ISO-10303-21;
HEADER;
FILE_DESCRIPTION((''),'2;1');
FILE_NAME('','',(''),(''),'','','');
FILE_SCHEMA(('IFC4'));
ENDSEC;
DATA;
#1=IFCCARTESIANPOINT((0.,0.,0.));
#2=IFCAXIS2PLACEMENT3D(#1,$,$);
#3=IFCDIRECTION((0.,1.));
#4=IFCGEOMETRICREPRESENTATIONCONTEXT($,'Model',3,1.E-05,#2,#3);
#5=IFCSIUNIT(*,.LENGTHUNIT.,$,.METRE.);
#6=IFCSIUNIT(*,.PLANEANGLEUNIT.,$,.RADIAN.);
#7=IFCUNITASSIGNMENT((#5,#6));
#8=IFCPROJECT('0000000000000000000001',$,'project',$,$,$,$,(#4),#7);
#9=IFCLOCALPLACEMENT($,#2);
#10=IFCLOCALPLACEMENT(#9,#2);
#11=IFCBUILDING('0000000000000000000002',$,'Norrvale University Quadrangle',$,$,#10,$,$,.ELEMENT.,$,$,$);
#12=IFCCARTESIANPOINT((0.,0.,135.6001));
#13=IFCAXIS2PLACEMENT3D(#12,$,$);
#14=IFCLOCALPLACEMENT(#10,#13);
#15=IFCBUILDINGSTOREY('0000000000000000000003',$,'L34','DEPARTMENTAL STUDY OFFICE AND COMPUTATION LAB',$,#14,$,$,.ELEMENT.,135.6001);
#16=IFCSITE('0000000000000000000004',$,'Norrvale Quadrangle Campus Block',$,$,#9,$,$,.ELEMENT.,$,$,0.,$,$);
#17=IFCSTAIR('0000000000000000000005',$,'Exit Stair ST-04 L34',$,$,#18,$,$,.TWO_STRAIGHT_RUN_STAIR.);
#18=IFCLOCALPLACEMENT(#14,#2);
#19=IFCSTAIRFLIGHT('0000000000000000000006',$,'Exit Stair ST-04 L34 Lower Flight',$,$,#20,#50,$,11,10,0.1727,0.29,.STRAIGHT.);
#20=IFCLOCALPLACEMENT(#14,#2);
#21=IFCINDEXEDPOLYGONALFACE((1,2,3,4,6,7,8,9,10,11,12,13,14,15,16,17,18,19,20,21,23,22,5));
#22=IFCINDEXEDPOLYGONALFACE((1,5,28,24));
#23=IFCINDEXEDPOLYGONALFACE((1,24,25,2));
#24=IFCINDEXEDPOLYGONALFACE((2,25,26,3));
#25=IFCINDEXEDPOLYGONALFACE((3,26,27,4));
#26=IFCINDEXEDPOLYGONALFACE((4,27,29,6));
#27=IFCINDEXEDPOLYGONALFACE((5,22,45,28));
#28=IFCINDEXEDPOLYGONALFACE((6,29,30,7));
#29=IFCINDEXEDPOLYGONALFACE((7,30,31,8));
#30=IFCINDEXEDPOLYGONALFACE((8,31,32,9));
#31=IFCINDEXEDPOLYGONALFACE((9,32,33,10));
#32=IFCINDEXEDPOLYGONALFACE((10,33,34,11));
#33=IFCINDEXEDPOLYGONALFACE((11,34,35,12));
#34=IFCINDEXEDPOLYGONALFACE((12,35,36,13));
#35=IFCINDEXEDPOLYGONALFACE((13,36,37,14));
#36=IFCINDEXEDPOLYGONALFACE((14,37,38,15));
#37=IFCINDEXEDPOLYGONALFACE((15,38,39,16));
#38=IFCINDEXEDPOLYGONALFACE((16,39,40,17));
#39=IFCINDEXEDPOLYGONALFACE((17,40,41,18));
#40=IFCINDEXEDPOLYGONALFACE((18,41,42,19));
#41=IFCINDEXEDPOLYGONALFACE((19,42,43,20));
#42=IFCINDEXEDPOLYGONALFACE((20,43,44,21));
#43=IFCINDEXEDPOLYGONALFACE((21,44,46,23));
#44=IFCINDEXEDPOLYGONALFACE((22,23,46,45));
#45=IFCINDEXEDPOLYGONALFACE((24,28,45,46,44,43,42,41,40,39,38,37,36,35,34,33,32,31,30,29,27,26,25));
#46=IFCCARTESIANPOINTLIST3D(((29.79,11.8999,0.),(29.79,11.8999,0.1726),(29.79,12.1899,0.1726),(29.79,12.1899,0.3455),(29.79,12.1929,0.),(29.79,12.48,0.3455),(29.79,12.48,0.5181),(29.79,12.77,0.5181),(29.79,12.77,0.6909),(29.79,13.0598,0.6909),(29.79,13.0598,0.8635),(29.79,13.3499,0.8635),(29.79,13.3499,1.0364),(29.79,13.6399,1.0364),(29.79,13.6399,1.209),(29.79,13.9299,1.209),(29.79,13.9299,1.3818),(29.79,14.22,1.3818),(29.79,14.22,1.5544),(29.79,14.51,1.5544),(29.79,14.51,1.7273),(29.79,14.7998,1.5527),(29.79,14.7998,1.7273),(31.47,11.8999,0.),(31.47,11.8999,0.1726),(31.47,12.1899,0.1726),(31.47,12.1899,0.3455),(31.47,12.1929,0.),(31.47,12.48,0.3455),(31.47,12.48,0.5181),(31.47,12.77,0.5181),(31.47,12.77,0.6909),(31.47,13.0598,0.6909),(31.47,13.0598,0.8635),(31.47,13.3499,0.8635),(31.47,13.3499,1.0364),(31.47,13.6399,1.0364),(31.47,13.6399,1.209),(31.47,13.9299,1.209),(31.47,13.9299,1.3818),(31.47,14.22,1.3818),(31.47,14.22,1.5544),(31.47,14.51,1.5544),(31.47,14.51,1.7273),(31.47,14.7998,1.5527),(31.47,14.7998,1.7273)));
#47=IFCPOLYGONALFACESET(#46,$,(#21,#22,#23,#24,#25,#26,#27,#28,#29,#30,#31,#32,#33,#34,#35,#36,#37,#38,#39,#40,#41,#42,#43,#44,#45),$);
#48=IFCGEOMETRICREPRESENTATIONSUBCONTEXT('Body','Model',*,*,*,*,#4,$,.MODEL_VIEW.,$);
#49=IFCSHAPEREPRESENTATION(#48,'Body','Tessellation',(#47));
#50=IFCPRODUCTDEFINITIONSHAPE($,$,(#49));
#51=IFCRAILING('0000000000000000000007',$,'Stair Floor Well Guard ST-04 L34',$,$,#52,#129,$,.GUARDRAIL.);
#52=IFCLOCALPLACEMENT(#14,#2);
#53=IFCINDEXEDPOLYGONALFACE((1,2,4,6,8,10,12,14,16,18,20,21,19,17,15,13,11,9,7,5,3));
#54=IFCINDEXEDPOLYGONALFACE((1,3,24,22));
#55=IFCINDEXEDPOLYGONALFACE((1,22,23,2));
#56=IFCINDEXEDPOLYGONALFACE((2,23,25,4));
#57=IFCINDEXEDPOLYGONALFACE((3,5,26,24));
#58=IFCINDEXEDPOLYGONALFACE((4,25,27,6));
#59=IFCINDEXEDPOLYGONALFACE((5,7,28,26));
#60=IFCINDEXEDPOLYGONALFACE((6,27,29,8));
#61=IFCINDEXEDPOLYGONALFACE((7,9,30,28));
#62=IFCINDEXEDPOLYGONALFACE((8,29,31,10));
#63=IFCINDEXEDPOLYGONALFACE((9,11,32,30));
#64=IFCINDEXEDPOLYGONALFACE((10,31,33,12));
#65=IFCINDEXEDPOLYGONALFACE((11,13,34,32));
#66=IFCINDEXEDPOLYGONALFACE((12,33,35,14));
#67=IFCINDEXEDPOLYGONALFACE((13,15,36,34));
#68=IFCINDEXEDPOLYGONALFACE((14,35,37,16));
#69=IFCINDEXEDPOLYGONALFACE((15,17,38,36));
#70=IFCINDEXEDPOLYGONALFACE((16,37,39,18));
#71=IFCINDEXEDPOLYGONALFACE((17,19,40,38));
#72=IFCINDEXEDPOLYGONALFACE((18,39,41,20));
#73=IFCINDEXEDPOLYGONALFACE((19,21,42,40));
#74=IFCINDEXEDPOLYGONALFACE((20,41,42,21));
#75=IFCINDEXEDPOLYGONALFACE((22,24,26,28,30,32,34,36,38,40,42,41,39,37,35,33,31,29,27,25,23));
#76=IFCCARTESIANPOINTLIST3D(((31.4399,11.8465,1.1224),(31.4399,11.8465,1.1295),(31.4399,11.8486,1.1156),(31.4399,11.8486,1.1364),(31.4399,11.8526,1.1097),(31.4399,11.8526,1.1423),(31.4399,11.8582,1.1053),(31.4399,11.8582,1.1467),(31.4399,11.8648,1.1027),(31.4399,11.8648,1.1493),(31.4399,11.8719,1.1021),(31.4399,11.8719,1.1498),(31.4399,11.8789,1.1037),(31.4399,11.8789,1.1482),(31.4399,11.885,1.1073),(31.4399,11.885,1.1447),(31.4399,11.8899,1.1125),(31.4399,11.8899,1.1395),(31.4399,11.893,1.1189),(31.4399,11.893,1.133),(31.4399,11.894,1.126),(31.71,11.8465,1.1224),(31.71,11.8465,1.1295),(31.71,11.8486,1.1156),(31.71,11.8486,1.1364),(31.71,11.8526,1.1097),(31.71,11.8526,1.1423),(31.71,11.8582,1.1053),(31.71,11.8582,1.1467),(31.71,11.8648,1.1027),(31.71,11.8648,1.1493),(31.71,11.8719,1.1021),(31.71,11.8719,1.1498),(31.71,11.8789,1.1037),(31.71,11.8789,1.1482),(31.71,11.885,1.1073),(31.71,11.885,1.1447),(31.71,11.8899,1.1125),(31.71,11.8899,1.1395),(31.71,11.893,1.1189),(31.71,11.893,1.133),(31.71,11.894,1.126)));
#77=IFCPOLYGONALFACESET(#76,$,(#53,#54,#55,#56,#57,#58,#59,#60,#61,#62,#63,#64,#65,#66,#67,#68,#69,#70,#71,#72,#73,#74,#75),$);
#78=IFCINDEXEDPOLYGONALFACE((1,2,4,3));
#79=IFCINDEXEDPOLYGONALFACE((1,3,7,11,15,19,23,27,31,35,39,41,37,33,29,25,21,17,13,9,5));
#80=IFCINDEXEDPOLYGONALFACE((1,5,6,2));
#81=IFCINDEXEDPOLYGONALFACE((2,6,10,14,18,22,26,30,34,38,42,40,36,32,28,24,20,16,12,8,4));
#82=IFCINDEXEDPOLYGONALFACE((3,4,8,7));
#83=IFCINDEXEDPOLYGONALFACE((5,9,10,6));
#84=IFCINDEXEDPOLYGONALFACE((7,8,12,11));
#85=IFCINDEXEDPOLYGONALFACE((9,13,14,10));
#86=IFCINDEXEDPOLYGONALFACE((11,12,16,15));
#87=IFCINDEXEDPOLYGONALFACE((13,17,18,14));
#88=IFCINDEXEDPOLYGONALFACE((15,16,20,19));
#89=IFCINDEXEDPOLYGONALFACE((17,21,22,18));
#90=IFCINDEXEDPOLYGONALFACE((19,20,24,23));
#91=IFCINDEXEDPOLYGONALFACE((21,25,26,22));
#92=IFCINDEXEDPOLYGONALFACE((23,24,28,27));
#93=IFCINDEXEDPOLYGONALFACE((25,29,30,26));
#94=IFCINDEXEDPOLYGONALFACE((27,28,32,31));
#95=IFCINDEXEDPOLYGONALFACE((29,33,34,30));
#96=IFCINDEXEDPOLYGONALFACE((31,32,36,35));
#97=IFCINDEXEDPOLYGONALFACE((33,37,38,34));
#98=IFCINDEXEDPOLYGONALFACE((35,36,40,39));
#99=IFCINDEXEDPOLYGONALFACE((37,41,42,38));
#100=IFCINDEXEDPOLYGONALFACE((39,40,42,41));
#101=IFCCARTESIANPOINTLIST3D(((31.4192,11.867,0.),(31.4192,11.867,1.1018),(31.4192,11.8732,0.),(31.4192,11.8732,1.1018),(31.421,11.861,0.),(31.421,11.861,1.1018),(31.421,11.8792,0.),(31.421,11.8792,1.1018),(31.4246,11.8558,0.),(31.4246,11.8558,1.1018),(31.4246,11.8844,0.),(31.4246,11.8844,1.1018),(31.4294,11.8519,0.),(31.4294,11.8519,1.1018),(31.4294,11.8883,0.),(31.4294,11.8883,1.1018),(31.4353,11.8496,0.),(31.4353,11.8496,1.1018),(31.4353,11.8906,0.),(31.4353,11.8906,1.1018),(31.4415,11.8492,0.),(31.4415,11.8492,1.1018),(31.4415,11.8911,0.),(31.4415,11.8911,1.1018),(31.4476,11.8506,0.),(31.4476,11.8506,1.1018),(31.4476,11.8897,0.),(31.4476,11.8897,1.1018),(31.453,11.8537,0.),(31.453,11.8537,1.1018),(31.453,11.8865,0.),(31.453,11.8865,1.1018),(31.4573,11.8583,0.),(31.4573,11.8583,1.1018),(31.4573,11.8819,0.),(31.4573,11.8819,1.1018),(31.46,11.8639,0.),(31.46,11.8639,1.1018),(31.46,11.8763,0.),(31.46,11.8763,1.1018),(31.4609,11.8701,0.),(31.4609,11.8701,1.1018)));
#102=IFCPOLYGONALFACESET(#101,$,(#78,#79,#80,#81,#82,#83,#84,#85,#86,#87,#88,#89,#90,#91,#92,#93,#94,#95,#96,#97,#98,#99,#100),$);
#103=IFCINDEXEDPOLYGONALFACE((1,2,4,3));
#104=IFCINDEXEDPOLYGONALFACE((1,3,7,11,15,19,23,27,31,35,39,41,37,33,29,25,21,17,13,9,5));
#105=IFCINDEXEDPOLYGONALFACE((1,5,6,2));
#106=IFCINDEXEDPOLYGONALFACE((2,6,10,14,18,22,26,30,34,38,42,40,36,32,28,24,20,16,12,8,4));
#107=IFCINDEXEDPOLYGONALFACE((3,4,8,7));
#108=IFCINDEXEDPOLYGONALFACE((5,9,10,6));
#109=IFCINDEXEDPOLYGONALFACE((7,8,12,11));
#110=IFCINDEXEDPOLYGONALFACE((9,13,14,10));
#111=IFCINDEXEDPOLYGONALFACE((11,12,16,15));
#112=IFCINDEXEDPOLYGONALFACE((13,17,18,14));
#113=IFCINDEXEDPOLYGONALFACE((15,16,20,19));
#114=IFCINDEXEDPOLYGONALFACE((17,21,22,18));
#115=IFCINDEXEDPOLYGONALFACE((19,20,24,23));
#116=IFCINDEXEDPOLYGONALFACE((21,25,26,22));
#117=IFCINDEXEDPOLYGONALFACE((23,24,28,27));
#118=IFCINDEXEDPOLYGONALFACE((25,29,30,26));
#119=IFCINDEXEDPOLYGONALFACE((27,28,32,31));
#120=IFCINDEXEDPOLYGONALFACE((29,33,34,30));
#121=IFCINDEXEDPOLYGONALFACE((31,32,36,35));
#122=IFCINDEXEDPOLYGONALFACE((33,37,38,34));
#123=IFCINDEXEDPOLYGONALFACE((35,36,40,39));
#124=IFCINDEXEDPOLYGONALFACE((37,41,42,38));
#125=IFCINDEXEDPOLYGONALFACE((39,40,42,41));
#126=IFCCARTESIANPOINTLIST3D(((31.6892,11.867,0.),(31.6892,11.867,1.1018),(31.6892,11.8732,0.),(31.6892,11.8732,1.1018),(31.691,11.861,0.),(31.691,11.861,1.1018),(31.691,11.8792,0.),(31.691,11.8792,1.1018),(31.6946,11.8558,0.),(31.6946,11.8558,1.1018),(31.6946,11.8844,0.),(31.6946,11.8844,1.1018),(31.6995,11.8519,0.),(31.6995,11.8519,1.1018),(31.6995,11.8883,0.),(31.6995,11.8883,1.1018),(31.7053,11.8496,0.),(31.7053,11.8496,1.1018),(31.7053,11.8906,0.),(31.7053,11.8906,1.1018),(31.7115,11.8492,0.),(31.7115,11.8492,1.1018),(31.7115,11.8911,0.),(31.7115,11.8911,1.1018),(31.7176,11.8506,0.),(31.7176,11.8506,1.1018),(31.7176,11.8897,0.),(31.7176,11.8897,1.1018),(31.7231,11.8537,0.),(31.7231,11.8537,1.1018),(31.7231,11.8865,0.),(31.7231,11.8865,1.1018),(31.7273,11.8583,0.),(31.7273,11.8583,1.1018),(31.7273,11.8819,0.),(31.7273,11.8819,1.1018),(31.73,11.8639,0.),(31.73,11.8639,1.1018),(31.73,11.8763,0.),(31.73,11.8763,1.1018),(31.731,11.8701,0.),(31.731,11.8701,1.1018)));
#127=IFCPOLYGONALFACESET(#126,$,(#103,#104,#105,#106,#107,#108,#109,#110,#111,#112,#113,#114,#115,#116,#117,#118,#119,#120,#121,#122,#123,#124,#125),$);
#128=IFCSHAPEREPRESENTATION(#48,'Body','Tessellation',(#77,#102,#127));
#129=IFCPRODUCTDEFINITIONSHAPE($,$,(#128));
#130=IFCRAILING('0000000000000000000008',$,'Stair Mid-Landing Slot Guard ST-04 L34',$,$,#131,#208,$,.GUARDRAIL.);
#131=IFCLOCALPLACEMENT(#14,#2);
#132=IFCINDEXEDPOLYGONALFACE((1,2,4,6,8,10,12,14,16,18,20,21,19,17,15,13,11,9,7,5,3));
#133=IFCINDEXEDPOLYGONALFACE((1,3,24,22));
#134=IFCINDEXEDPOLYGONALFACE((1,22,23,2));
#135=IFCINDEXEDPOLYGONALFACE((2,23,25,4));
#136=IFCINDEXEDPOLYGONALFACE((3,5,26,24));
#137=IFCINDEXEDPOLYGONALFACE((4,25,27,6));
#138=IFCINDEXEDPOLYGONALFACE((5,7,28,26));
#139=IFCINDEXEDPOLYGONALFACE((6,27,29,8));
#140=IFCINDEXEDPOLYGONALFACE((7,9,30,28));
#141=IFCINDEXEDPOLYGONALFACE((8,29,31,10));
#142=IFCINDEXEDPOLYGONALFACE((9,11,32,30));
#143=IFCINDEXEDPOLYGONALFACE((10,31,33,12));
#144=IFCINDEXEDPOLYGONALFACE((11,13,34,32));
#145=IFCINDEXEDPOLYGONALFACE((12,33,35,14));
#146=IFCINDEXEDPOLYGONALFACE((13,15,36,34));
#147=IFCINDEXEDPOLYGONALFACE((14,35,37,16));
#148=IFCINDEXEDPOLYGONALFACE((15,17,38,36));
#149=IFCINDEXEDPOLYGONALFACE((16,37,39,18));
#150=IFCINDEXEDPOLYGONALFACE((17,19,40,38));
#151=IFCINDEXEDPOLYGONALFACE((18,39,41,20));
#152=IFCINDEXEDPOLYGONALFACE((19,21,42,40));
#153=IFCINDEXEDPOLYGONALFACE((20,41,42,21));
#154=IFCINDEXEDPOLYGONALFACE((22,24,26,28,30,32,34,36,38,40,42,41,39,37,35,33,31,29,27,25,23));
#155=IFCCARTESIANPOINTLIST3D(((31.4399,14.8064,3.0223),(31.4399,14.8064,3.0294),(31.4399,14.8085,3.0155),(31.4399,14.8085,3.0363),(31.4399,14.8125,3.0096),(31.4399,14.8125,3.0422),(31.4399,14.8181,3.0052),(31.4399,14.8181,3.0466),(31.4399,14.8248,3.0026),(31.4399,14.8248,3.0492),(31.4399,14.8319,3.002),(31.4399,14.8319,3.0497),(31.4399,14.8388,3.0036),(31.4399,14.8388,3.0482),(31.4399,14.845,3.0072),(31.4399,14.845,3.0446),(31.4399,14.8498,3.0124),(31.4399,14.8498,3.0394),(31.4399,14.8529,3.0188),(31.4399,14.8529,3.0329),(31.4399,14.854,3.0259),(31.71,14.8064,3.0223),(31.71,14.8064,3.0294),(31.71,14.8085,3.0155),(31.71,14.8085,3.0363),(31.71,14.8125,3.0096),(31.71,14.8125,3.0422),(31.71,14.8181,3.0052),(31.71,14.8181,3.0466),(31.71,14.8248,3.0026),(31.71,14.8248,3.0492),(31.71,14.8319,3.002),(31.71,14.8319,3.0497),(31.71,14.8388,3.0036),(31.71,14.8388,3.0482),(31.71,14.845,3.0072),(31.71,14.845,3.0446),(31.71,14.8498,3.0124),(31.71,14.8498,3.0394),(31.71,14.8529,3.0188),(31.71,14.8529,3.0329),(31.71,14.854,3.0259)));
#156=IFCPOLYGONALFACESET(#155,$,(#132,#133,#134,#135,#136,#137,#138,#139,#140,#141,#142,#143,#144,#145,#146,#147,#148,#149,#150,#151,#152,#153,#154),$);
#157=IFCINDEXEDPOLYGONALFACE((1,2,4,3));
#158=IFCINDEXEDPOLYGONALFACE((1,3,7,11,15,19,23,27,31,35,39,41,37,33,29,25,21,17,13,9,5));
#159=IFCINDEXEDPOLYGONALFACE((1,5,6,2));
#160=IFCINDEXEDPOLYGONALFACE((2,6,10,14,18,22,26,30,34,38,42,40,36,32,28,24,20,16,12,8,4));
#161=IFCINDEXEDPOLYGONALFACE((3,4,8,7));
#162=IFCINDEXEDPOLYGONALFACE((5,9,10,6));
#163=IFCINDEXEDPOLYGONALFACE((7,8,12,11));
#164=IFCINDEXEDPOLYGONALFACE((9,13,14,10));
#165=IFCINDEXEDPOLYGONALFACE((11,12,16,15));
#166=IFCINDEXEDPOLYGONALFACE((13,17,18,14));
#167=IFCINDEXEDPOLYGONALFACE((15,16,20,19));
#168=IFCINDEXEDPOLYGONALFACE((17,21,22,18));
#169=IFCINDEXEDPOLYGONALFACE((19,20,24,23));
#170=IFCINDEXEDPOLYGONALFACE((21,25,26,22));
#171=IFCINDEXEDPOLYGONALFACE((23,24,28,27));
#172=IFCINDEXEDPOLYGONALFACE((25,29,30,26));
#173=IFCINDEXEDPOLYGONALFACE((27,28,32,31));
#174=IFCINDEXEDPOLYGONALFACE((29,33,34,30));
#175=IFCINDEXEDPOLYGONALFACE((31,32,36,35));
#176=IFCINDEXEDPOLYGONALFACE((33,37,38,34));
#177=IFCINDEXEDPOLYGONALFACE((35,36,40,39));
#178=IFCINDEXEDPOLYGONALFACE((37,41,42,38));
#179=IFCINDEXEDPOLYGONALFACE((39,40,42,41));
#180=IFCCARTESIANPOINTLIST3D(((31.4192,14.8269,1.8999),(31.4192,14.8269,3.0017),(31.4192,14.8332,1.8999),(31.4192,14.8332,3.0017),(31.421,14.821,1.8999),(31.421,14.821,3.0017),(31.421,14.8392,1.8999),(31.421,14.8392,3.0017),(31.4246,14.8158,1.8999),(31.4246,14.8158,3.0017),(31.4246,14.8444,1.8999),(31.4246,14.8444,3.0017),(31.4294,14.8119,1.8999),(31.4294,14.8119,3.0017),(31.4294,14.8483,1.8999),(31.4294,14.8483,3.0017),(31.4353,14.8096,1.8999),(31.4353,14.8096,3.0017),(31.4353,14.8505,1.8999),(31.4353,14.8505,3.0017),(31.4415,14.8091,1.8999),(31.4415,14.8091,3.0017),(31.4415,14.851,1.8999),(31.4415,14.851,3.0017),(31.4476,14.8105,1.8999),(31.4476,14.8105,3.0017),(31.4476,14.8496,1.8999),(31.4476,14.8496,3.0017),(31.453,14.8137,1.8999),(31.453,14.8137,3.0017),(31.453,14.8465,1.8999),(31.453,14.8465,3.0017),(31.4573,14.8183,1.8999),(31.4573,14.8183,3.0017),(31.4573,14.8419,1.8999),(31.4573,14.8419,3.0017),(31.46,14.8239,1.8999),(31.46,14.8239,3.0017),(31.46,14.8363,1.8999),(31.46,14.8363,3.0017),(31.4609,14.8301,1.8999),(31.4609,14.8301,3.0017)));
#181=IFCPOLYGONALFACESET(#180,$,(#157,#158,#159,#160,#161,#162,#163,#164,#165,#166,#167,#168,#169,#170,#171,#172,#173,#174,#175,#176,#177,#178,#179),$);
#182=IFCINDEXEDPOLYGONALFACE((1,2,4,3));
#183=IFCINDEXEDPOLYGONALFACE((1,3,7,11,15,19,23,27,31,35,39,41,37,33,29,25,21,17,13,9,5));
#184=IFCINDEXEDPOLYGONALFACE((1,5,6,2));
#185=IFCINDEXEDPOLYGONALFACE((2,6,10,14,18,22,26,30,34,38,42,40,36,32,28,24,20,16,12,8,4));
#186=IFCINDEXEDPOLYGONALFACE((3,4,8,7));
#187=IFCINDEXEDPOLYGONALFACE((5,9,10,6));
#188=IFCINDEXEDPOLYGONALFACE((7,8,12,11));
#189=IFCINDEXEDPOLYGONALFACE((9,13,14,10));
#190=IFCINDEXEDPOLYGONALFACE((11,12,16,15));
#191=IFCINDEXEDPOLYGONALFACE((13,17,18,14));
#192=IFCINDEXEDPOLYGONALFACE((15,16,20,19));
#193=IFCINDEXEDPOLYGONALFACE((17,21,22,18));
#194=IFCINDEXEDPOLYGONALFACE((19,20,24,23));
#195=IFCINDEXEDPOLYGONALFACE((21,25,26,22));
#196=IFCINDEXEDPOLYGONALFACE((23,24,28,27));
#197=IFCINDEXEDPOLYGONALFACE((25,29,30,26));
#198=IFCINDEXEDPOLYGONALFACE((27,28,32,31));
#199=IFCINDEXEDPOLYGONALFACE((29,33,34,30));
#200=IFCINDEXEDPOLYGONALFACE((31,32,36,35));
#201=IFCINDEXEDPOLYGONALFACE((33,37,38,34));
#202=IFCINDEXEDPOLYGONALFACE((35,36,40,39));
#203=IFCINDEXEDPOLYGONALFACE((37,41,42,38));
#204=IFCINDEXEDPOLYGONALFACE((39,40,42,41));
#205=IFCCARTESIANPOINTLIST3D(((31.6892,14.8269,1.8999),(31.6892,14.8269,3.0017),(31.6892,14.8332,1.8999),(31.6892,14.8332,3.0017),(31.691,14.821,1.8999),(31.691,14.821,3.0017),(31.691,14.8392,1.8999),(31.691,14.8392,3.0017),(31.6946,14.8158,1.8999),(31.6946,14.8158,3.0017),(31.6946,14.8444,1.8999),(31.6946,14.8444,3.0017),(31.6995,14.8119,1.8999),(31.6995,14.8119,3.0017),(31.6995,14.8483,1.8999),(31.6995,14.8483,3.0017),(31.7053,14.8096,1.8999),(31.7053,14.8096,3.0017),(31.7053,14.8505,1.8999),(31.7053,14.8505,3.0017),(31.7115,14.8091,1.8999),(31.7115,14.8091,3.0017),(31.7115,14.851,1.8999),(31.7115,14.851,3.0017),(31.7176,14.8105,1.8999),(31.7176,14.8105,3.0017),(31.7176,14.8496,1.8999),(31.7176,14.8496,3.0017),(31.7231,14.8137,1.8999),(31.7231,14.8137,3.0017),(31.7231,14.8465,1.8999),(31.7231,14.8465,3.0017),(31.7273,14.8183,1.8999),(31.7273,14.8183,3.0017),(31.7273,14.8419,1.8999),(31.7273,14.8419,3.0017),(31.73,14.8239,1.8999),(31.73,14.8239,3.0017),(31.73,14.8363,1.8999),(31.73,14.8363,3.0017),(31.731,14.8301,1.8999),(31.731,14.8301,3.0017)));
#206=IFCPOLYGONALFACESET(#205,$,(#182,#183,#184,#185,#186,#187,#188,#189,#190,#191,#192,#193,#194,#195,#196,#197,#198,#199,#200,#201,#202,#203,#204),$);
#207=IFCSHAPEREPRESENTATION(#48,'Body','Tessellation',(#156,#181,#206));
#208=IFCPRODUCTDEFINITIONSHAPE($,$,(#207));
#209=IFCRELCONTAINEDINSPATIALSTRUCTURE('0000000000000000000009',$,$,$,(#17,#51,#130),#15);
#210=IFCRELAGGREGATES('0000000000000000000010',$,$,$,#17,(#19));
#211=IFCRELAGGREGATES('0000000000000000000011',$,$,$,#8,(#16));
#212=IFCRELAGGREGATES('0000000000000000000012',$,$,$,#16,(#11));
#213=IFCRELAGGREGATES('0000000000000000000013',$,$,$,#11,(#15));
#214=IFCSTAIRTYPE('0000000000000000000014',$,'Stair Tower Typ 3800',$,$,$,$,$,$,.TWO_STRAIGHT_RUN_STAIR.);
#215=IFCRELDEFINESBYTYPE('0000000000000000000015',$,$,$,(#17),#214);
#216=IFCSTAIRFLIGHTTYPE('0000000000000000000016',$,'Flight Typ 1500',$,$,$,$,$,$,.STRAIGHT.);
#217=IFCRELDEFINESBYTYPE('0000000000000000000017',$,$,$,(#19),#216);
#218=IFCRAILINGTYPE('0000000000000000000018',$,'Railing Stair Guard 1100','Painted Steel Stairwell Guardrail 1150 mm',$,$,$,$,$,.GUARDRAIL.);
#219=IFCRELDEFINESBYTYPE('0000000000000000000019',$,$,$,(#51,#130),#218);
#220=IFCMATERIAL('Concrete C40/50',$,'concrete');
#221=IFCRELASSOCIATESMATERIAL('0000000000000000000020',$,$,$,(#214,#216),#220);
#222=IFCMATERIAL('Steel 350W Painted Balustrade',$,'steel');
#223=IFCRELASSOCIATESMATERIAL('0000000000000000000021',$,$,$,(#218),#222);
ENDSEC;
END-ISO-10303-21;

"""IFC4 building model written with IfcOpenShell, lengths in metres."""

from ifc_helpers import new_model, si_unit, direction, frame, origin, origin_2d, place, context, subcontext, project, spatial, polyline, circle, outline, extrude, material, type_object, element, aggregate, save


model = new_model("IFC4")

# Units and contexts
model_context = context("Model", 3, precision=1e-05, world=origin(), true_north=direction((0.0, 1.0)))
body_context = subcontext(model_context, "Body", "Model", "MODEL_VIEW")
ifc_project = project(units=[si_unit("LENGTHUNIT", "METRE"), si_unit("PLANEANGLEUNIT", "RADIAN")], contexts=[model_context])

# Site, building, storey
site_placement = place(None, origin())
site = spatial("IfcSite", under=ifc_project, at=site_placement, Name="Norrvale Quadrangle Campus Block", CompositionType="ELEMENT", RefElevation=0.0)
building_placement = place(site_placement, origin())
building = spatial("IfcBuilding", under=site, at=building_placement, Name="Norrvale University Quadrangle", CompositionType="ELEMENT")
storey_placement = place(building_placement, frame((0.0, 0.0, 135.6001)))
storey = spatial("IfcBuildingStorey", under=building, at=storey_placement, Name="L34", Description="DEPARTMENTAL STUDY OFFICE AND COMPUTATION LAB", CompositionType="ELEMENT", Elevation=135.6001)

# Stair, stair flight
ifc_material_1 = material(Name="Concrete C40/50", Category="concrete")
stair_type = type_object("IfcStairType", Name="Stair Tower Typ 3800", PredefinedType="TWO_STRAIGHT_RUN_STAIR", material=ifc_material_1)
stair_placement = place(storey_placement, origin())
stair = element("IfcStair", 1, at=stair_placement, inside=storey, type_object=stair_type, Name="Exit Stair ST-04 L34", PredefinedType="TWO_STRAIGHT_RUN_STAIR")
stair_flight_type = type_object("IfcStairFlightType", Name="Flight Typ 1500", PredefinedType="STRAIGHT", material=ifc_material_1)
stair_flight_placement = place(storey_placement, frame((30.6299, 11.8999, 0.0), z_axis=(0.0, 0.0, 1.0), x_axis=(0.0, 1.0, 0.0)))
stair_flight = element("IfcStairFlight", 2, at=stair_flight_placement, type_object=stair_flight_type, Name="Exit Stair ST-04 L34 Lower Flight", NumberOfRisers=11, NumberOfTreads=10, PredefinedType="STRAIGHT", RiserHeight=0.1727, TreadLength=0.29, context=body_context, shape_type="SweptSolid", body=[
    extrude(outline(polyline([(0.0, 0.0), (0.0, 0.1726), (0.29, 0.1726), (0.29, 0.3455), (0.5801, 0.3455), (0.5801, 0.5181), (0.8701, 0.5181), (0.8701, 0.6909), (1.1599, 0.6909), (1.1599, 0.8635), (1.45, 0.8635), (1.45, 1.0364), (1.74, 1.0364), (1.74, 1.209), (2.03, 1.209), (2.03, 1.3818), (2.3201, 1.3818), (2.3201, 1.5544), (2.6101, 1.5544), (2.6101, 1.7273), (2.8999, 1.7273), (2.8999, 1.8999), (2.8999, 1.5527), (0.293, 0.0), (0.0, 0.0)])), frame((0.0, 0.8398, 0.0), z_axis=(0.0, -1.0, 0.0), x_axis=(1.0, 0.0, 0.0)), (0.0, 0.0, 1.0), 1.6799),
])
aggregate(stair, [stair_flight])

# Railings
ifc_material_2 = material(Name="Steel 350W Painted Balustrade", Category="steel")
railing_type_1 = type_object("IfcRailingType", Name="Railing Stair Guard 1100", Description="Painted Steel Stairwell Guardrail 1150 mm", PredefinedType="GUARDRAIL", material=ifc_material_2)
for number, where, name in (
    (3, (31.4399, 11.8701, 0.0), "Stair Floor Well Guard ST-04 L34"),
    (4, (31.4399, 14.8301, 1.8999), "Stair Mid-Landing Slot Guard ST-04 L34"),
):
    element("IfcRailing", number, at=place(storey_placement, frame(where)), inside=storey, type_object=railing_type_1, Name=name, PredefinedType="GUARDRAIL", context=body_context, shape_type="SweptSolid", body=[
        extrude(circle(Radius=0.0239, at=origin_2d()), frame((0.0, 0.0, 1.126), z_axis=(1.0, 0.0, 0.0), x_axis=(0.0, 1.0, 0.0)), (0.0, 0.0, 1.0), 0.27),
        extrude(circle(Radius=0.021, at=origin_2d()), origin(), (0.0, 0.0, 1.0), 1.1018),
        extrude(circle(Radius=0.021, at=origin_2d()), frame((0.27, 0.0, 0.0)), (0.0, 0.0, 1.0), 1.1018),
    ])

save(model, "model.ifc")
